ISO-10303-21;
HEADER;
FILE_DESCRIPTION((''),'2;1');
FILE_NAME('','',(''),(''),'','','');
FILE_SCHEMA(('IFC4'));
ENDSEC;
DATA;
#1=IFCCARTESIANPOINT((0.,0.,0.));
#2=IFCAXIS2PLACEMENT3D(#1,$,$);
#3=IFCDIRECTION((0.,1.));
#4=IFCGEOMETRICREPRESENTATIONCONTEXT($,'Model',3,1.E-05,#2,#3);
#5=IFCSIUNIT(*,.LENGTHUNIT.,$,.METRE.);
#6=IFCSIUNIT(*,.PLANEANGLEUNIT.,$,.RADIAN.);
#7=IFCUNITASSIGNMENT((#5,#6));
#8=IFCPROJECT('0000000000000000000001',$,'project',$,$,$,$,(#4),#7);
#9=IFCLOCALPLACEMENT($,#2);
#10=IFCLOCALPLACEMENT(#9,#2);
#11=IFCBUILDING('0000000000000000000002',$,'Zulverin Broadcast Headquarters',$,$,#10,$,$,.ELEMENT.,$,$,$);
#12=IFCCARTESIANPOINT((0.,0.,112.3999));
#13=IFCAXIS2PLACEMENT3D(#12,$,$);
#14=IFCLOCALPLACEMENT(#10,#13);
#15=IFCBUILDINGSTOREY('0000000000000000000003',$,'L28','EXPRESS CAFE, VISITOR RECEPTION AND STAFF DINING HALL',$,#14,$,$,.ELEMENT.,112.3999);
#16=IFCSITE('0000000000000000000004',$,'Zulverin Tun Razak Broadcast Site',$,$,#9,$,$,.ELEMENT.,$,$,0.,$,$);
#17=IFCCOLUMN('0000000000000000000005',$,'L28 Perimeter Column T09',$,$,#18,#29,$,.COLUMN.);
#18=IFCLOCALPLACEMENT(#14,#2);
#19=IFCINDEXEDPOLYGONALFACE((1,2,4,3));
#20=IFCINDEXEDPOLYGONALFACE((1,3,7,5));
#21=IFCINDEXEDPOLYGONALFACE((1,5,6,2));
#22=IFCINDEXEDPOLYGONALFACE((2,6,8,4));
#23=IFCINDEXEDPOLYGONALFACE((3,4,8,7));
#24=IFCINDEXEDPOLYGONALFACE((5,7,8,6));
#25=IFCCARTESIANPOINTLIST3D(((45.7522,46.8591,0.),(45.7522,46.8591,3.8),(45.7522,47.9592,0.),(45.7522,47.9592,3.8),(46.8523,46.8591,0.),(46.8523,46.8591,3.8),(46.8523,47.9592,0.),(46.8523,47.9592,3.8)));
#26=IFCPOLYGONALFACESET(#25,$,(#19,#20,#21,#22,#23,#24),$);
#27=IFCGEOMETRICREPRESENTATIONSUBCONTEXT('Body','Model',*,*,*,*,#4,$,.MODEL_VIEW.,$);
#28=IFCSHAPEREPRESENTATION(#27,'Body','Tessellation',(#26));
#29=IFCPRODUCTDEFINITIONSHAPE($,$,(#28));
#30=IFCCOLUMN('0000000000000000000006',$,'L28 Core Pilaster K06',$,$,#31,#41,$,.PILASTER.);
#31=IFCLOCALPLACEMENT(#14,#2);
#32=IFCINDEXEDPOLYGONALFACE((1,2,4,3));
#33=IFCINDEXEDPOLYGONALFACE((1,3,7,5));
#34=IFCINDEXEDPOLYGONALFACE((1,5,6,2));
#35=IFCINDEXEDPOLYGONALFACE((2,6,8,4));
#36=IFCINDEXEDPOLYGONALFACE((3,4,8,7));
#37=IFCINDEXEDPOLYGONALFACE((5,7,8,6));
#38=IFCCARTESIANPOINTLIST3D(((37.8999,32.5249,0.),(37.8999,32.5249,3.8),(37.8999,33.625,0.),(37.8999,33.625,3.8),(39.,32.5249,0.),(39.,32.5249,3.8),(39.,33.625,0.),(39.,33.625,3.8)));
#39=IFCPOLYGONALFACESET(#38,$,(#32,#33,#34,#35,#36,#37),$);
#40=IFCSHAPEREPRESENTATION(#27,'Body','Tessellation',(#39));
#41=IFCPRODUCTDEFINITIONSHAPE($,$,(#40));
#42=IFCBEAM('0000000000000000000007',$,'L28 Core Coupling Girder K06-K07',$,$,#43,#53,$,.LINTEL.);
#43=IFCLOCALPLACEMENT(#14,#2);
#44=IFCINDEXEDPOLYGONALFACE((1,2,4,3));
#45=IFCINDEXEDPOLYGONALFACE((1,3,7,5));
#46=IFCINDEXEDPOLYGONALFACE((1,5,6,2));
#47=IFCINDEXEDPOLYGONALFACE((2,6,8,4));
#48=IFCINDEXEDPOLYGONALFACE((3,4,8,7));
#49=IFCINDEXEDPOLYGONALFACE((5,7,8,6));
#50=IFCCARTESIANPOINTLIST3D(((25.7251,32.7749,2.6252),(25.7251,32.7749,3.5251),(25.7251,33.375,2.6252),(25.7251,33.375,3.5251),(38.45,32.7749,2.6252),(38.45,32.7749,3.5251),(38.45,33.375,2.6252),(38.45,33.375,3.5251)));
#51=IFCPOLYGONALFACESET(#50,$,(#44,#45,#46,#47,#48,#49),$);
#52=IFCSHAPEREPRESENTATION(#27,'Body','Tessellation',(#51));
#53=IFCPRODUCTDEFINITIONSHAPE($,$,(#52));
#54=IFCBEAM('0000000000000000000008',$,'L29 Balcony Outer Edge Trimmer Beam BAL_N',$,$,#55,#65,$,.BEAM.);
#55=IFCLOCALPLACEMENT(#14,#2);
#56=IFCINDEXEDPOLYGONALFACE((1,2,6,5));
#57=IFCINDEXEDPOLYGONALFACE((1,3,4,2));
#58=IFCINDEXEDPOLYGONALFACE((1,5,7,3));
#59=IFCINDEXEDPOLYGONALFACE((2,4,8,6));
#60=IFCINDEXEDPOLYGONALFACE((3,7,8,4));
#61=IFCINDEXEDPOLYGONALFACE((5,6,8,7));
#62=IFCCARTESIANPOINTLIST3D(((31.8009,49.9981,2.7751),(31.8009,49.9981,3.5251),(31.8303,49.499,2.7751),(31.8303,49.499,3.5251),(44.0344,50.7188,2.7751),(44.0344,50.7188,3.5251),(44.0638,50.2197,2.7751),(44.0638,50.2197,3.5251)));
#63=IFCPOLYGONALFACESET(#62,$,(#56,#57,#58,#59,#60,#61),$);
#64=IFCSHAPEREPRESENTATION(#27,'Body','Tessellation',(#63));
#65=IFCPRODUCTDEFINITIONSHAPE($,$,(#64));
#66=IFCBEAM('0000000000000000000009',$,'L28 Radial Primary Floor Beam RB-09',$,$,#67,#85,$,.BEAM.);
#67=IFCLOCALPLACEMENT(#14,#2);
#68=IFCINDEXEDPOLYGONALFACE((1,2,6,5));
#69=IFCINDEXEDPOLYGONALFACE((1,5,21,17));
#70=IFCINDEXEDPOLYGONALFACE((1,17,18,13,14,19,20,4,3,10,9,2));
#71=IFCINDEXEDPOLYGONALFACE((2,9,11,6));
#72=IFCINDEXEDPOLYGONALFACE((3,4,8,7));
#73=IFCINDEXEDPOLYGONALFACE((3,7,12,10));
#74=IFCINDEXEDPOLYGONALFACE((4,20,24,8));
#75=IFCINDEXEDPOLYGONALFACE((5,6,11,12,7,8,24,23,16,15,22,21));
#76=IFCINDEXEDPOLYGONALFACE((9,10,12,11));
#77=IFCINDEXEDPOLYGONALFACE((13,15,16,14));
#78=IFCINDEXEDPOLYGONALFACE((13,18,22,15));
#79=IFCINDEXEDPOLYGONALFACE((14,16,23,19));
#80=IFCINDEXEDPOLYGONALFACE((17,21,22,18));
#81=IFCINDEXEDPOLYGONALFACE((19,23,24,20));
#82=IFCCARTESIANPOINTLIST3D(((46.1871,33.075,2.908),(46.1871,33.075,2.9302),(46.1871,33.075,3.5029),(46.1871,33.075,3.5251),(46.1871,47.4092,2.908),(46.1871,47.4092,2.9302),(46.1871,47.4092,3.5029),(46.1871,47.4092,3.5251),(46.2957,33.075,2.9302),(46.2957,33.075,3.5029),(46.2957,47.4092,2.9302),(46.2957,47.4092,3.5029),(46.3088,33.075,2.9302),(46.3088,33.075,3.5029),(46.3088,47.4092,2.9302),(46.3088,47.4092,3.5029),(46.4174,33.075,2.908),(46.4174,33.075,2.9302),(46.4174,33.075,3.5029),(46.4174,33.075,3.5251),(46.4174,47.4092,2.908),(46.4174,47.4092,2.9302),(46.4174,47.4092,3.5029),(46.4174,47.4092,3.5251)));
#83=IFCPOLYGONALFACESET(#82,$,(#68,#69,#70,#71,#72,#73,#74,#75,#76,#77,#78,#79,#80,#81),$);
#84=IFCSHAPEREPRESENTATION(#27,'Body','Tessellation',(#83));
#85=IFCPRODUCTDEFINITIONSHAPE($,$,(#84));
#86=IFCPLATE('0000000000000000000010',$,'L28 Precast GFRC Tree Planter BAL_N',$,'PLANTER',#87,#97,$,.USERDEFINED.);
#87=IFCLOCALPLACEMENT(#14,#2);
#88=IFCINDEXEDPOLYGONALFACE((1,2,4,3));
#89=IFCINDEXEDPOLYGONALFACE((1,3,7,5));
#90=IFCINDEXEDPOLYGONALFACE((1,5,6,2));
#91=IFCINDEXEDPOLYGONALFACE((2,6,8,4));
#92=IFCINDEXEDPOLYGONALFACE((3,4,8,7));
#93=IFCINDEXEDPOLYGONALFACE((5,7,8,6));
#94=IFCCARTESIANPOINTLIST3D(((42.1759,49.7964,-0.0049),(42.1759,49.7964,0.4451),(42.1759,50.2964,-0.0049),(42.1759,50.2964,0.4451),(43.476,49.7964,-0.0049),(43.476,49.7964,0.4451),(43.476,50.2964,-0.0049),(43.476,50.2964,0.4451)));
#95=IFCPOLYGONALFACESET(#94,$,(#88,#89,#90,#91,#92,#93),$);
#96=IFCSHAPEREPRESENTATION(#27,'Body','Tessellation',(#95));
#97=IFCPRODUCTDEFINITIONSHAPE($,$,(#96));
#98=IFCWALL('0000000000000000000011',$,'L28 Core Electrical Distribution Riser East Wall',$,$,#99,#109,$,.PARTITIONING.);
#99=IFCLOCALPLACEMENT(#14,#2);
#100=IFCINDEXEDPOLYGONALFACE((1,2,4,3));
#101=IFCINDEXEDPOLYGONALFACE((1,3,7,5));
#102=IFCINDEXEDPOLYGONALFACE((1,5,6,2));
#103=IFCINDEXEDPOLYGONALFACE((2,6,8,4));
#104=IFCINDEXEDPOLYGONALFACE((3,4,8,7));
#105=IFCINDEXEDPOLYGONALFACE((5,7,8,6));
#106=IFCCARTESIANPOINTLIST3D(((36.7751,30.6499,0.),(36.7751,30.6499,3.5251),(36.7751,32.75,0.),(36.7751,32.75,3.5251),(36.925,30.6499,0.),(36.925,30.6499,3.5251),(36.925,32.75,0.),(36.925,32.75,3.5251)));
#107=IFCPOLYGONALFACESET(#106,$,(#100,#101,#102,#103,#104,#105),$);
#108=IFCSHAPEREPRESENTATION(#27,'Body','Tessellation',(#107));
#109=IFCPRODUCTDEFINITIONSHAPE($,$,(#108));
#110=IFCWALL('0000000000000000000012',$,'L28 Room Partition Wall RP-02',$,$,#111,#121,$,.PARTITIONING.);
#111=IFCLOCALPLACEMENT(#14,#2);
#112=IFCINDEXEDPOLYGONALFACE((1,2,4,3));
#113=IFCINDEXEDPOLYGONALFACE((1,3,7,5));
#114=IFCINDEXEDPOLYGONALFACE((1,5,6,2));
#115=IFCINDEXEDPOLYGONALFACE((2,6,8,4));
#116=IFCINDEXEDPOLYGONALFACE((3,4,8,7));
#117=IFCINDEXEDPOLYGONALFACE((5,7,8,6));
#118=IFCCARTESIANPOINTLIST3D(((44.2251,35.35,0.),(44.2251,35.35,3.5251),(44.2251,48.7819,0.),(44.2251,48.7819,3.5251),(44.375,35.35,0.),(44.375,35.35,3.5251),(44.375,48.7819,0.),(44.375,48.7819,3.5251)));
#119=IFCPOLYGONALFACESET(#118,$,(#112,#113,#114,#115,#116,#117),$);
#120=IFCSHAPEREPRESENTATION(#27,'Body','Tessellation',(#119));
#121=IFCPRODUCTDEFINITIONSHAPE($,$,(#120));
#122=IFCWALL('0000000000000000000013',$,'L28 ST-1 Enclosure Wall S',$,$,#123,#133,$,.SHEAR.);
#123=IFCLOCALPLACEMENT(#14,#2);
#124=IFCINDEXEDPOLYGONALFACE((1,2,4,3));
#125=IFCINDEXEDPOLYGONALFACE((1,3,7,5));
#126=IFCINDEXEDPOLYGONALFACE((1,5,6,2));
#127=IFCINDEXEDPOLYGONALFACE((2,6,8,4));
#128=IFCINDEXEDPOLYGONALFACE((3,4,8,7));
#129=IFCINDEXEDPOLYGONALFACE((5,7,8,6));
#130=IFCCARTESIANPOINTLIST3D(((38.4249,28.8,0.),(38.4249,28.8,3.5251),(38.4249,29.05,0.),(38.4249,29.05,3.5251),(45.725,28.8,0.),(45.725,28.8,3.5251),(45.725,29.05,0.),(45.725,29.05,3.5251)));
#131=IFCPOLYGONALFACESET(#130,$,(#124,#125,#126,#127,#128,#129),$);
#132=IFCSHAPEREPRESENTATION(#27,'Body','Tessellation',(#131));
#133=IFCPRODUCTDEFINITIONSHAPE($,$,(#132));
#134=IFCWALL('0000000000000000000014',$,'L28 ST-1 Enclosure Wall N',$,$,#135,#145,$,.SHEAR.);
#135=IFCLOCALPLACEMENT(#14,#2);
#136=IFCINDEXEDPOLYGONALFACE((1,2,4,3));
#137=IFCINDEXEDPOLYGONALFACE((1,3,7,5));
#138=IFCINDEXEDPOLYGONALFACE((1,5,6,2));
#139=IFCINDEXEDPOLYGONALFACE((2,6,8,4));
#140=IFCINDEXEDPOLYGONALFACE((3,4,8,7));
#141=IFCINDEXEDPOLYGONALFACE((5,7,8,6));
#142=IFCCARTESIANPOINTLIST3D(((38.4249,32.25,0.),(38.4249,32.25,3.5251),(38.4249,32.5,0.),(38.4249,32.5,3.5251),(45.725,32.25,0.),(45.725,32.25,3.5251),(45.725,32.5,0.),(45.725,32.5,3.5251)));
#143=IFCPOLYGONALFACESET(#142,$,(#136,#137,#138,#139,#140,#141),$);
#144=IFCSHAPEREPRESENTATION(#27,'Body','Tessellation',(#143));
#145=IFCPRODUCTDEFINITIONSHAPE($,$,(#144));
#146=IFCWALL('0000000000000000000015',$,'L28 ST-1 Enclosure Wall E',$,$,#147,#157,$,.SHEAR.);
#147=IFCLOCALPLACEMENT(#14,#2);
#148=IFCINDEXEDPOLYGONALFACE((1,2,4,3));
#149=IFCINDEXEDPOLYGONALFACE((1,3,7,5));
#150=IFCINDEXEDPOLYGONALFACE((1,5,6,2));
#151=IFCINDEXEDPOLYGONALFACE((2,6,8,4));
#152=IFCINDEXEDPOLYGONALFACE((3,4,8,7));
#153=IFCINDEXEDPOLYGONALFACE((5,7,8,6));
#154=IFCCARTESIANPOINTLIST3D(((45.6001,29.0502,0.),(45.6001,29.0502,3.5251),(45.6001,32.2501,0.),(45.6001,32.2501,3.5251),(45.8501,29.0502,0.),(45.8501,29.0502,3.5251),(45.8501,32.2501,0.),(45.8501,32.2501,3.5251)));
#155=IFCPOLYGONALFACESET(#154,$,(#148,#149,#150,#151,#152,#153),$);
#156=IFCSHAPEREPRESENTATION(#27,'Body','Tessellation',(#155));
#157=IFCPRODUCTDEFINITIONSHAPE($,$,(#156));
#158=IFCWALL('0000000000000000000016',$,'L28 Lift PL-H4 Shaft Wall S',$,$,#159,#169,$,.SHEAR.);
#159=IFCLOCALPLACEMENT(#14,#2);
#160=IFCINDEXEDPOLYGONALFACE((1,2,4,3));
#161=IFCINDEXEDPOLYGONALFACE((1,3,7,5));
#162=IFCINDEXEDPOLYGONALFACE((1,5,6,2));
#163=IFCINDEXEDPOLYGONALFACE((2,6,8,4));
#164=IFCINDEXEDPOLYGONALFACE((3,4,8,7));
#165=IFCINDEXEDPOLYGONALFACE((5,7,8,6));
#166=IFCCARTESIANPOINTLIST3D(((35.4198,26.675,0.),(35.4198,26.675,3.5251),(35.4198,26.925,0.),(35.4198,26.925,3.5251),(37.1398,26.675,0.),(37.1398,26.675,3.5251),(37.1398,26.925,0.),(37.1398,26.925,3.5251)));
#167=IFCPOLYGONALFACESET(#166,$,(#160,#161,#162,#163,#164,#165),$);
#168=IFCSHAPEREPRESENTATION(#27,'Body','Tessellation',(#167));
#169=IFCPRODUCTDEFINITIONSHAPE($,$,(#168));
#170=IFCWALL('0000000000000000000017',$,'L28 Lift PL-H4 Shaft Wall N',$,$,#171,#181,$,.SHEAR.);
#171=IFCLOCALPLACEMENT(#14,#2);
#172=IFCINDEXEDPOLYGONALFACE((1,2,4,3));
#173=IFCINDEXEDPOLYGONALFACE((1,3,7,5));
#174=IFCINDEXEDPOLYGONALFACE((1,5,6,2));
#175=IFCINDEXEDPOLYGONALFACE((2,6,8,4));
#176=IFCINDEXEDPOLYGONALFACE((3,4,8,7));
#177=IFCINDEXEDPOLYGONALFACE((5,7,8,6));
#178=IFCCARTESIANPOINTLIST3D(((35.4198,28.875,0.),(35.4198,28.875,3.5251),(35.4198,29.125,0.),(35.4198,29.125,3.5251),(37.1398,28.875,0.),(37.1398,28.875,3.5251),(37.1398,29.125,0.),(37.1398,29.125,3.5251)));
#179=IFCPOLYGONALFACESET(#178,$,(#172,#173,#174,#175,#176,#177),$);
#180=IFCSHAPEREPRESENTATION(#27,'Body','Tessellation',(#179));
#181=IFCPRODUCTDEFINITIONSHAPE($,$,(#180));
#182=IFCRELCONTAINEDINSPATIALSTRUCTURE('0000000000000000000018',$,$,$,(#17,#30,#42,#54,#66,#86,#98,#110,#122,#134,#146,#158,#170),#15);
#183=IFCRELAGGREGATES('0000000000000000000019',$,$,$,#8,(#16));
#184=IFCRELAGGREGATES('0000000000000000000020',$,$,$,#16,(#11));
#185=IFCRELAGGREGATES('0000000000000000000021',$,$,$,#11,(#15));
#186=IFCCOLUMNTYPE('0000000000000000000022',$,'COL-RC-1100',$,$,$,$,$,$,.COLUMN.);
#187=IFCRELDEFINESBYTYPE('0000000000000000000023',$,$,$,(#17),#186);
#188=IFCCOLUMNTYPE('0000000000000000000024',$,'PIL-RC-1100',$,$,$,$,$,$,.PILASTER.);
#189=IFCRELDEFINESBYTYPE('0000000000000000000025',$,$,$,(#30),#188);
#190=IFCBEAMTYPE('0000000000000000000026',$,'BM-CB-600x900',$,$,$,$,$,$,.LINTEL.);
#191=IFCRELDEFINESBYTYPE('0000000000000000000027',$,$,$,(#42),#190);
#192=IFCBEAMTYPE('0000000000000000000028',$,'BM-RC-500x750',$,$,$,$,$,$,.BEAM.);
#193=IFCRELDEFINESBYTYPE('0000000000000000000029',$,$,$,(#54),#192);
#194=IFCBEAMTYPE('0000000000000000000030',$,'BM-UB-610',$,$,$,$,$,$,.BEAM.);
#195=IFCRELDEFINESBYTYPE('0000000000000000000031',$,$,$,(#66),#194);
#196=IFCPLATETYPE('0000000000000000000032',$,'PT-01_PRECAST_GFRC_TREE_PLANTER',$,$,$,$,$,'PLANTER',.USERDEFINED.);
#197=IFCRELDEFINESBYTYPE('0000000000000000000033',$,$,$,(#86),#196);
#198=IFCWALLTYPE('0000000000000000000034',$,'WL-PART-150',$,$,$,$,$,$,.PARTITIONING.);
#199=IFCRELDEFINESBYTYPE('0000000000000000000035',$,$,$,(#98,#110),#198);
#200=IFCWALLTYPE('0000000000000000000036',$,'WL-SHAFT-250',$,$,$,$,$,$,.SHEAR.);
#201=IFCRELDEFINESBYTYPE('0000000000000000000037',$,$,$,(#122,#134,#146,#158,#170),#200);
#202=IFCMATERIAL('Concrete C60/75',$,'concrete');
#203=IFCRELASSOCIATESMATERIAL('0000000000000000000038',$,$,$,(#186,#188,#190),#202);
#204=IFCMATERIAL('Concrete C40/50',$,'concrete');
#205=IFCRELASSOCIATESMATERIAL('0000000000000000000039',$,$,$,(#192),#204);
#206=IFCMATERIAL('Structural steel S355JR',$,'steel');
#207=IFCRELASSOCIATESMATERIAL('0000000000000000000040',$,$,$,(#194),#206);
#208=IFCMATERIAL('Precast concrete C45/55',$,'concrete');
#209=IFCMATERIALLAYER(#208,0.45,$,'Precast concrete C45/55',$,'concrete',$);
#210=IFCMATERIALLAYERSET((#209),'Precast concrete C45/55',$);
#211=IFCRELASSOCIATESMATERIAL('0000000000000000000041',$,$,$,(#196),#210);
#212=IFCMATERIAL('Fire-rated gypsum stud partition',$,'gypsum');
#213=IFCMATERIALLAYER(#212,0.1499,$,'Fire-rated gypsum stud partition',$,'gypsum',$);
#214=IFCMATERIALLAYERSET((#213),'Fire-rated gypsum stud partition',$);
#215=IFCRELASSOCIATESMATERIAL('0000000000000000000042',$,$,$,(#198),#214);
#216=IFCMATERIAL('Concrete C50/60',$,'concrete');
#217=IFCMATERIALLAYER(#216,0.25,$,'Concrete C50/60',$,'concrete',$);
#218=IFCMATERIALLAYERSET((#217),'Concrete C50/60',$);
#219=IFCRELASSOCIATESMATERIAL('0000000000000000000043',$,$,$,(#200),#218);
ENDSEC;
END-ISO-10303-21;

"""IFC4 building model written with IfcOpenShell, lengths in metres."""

from ifc_helpers import new_model, si_unit, direction, frame, frame_2d, origin, origin_2d, place, context, subcontext, project, spatial, rectangle, i_section, extrude, material, layer, layer_set, material_profile, profile_set, type_object, element, save


model = new_model("IFC4")

# Units and contexts
model_context = context("Model", 3, precision=1e-05, world=origin(), true_north=direction((0.0, 1.0)))
body_context = subcontext(model_context, "Body", "Model", "MODEL_VIEW")
ifc_project = project(units=[si_unit("LENGTHUNIT", "METRE"), si_unit("PLANEANGLEUNIT", "RADIAN")], contexts=[model_context])

# Site, building, storey
site_placement = place(None, origin())
site = spatial("IfcSite", under=ifc_project, at=site_placement, Name="Zulverin Tun Razak Broadcast Site", CompositionType="ELEMENT", RefElevation=0.0)
building_placement = place(site_placement, origin())
building = spatial("IfcBuilding", under=site, at=building_placement, Name="Zulverin Broadcast Headquarters", CompositionType="ELEMENT")
storey_placement = place(building_placement, frame((0.0, 0.0, 112.3999)))
storey = spatial("IfcBuildingStorey", under=building, at=storey_placement, Name="L28", Description="EXPRESS CAFE, VISITOR RECEPTION AND STAFF DINING HALL", CompositionType="ELEMENT", Elevation=112.3999)

# Columns
ifc_material_1 = material(Name="Concrete C60/75", Category="concrete")
ifc_material_profile_1 = material_profile(ifc_material_1, rectangle(XDim=1.1001, YDim=1.1001, at=origin_2d()), Name="Concrete C60/75", Category="concrete")
ifc_profile_set_1 = profile_set([ifc_material_profile_1], Name="Concrete C60/75")
column_type_1 = type_object("IfcColumnType", Name="COL-RC-1100", PredefinedType="COLUMN", material=ifc_profile_set_1)
column_1_placement = place(storey_placement, frame((46.3022, 47.4092, 0.0), z_axis=(0.0, 0.0, 1.0), x_axis=(1.0, 0.0, 0.0)))
element("IfcColumn", 1, at=column_1_placement, inside=storey, type_object=column_type_1, Name="L28 Perimeter Column T09", PredefinedType="COLUMN", context=body_context, shape_type="SweptSolid", body=[
    extrude(rectangle(XDim=1.1001, YDim=1.1001, at=origin_2d()), origin(), (0.0, 0.0, 1.0), 3.8),
])
ifc_material_profile_2 = material_profile(ifc_material_1, rectangle(XDim=1.1001, YDim=1.1001, at=origin_2d()), Name="Concrete C60/75", Category="concrete")
ifc_profile_set_2 = profile_set([ifc_material_profile_2], Name="Concrete C60/75")
column_type_2 = type_object("IfcColumnType", Name="PIL-RC-1100", PredefinedType="PILASTER", material=ifc_profile_set_2)
column_2_placement = place(storey_placement, frame((38.45, 33.075, 0.0), z_axis=(0.0, 0.0, 1.0), x_axis=(1.0, 0.0, 0.0)))
element("IfcColumn", 2, at=column_2_placement, inside=storey, type_object=column_type_2, Name="L28 Core Pilaster K06", PredefinedType="PILASTER", context=body_context, shape_type="SweptSolid", body=[
    extrude(rectangle(XDim=1.1001, YDim=1.1001, at=origin_2d()), origin(), (0.0, 0.0, 1.0), 3.8),
])

# Beams
ifc_material_profile_3 = material_profile(ifc_material_1, rectangle(XDim=0.6001, YDim=0.8999, at=origin_2d()), Name="Concrete C60/75", Category="concrete")
ifc_profile_set_3 = profile_set([ifc_material_profile_3], Name="Concrete C60/75")
beam_type_1 = type_object("IfcBeamType", Name="BM-CB-600x900", PredefinedType="LINTEL", material=ifc_profile_set_3)
beam_1_placement = place(storey_placement, frame((38.45, 33.075, 3.0752), z_axis=(-1.0, 0.0, 0.0), x_axis=(0.0, -1.0, 0.0)))
element("IfcBeam", 3, at=beam_1_placement, inside=storey, type_object=beam_type_1, Name="L28 Core Coupling Girder K06-K07", PredefinedType="LINTEL", context=body_context, shape_type="SweptSolid", body=[
    extrude(rectangle(XDim=0.6001, YDim=0.8999, at=origin_2d()), origin(), (0.0, 0.0, 1.0), 12.7249),
])
ifc_material_2 = material(Name="Concrete C40/50", Category="concrete")
ifc_material_profile_4 = material_profile(ifc_material_2, rectangle(XDim=0.5, YDim=0.75, at=origin_2d()), Name="Concrete C40/50", Category="concrete")
ifc_profile_set_4 = profile_set([ifc_material_profile_4], Name="Concrete C40/50")
beam_type_2 = type_object("IfcBeamType", Name="BM-RC-500x750", PredefinedType="BEAM", material=ifc_profile_set_4)
beam_2_placement = place(storey_placement, frame((44.0491, 50.4692, 3.1501), z_axis=(-0.998269, -0.058811, 0.0), x_axis=(0.058811, -0.998269, 0.0)))
element("IfcBeam", 4, at=beam_2_placement, inside=storey, type_object=beam_type_2, Name="L29 Balcony Outer Edge Trimmer Beam BAL_N", PredefinedType="BEAM", context=body_context, shape_type="SweptSolid", body=[
    extrude(rectangle(XDim=0.5, YDim=0.75, at=origin_2d()), origin(), (0.0, 0.0, 1.0), 12.2546),
])
ifc_material_3 = material(Name="Structural steel S355JR", Category="steel")
ifc_material_profile_5 = material_profile(ifc_material_3, i_section(OverallWidth=0.2302, OverallDepth=0.6172, WebThickness=0.0132, FlangeThickness=0.0222, at=origin_2d()), Name="Structural steel S355JR", Category="steel")
ifc_profile_set_5 = profile_set([ifc_material_profile_5], Name="Structural steel S355JR")
beam_type_3 = type_object("IfcBeamType", Name="BM-UB-610", PredefinedType="BEAM", material=ifc_profile_set_5)
beam_3_placement = place(storey_placement, frame((46.3022, 33.075, 3.2166), z_axis=(0.0, 1.0, 0.0), x_axis=(-1.0, 0.0, 0.0)))
element("IfcBeam", 5, at=beam_3_placement, inside=storey, type_object=beam_type_3, Name="L28 Radial Primary Floor Beam RB-09", PredefinedType="BEAM", context=body_context, shape_type="SweptSolid", body=[
    extrude(i_section(OverallWidth=0.2302, OverallDepth=0.6172, WebThickness=0.0132, FlangeThickness=0.0222, at=origin_2d()), origin(), (0.0, 0.0, 1.0), 14.3342),
])

# Plate
ifc_material_4 = material(Name="Precast concrete C45/55", Category="concrete")
ifc_layer_1 = layer(ifc_material_4, 0.45, Name="Precast concrete C45/55", Category="concrete")
ifc_layer_set_1 = layer_set([ifc_layer_1], Name="Precast concrete C45/55")
plate_type = type_object("IfcPlateType", Name="PT-01_PRECAST_GFRC_TREE_PLANTER", ElementType="PLANTER", PredefinedType="USERDEFINED", material=ifc_layer_set_1)
plate_placement = place(storey_placement, frame((42.8259, 50.0464, -0.0049), z_axis=(0.0, 0.0, 1.0), x_axis=(1.0, 0.0, 0.0)))
element("IfcPlate", 6, at=plate_placement, inside=storey, type_object=plate_type, Name="L28 Precast GFRC Tree Planter BAL_N", ObjectType="PLANTER", PredefinedType="USERDEFINED", context=body_context, shape_type="SweptSolid", body=[
    extrude(rectangle(XDim=1.3, YDim=0.5, at=origin_2d()), origin(), (0.0, 0.0, 1.0), 0.45),
])

# Walls
ifc_material_5 = material(Name="Fire-rated gypsum stud partition", Category="gypsum")
ifc_layer_2 = layer(ifc_material_5, 0.1499, Name="Fire-rated gypsum stud partition", Category="gypsum")
ifc_layer_set_2 = layer_set([ifc_layer_2], Name="Fire-rated gypsum stud partition")
wall_type_1 = type_object("IfcWallType", Name="WL-PART-150", PredefinedType="PARTITIONING", material=ifc_layer_set_2)
wall_1_placement = place(storey_placement, frame((36.8501, 30.6499, 0.0), z_axis=(0.0, 0.0, 1.0), x_axis=(0.0, 1.0, 0.0)))
element("IfcWall", 7, at=wall_1_placement, inside=storey, type_object=wall_type_1, Name="L28 Core Electrical Distribution Riser East Wall", PredefinedType="PARTITIONING", context=body_context, shape_type="SweptSolid", body=[
    extrude(rectangle(XDim=2.1001, YDim=0.1499, at=frame_2d((1.05, 0.0))), origin(), (0.0, 0.0, 1.0), 3.5251),
])
wall_2_placement = place(storey_placement, frame((44.3, 35.3501, 0.0), z_axis=(0.0, 0.0, 1.0), x_axis=(0.0, 1.0, 0.0)))
element("IfcWall", 8, at=wall_2_placement, inside=storey, type_object=wall_type_1, Name="L28 Room Partition Wall RP-02", PredefinedType="PARTITIONING", context=body_context, shape_type="SweptSolid", body=[
    extrude(rectangle(XDim=13.4319, YDim=0.1499, at=frame_2d((6.7158, 0.0))), origin(), (0.0, 0.0, 1.0), 3.5251),
])
ifc_material_6 = material(Name="Concrete C50/60", Category="concrete")
ifc_layer_3 = layer(ifc_material_6, 0.25, Name="Concrete C50/60", Category="concrete")
ifc_layer_set_3 = layer_set([ifc_layer_3], Name="Concrete C50/60")
wall_type_2 = type_object("IfcWallType", Name="WL-SHAFT-250", PredefinedType="SHEAR", material=ifc_layer_set_3)
for number, where, z_axis, x_axis, name in (
    (9, (38.425, 28.925, 0.0), (0.0, 0.0, 1.0), (1.0, 0.0, 0.0), "L28 ST-1 Enclosure Wall S"),
    (10, (38.425, 32.375, 0.0), (0.0, 0.0, 1.0), (1.0, 0.0, 0.0), "L28 ST-1 Enclosure Wall N"),
):
    element("IfcWall", number, at=place(storey_placement, frame(where, z_axis=z_axis, x_axis=x_axis)), inside=storey, type_object=wall_type_2, Name=name, PredefinedType="SHEAR", context=body_context, shape_type="SweptSolid", body=[
        extrude(rectangle(XDim=7.3, YDim=0.25, at=frame_2d((3.6499, 0.0))), origin(), (0.0, 0.0, 1.0), 3.5251),
    ])

# Walls
wall_3_placement = place(storey_placement, frame((45.7251, 29.05, 0.0), z_axis=(0.0, 0.0, 1.0), x_axis=(0.0, 1.0, 0.0)))
element("IfcWall", 11, at=wall_3_placement, inside=storey, type_object=wall_type_2, Name="L28 ST-1 Enclosure Wall E", PredefinedType="SHEAR", context=body_context, shape_type="SweptSolid", body=[
    extrude(rectangle(XDim=3.2, YDim=0.25, at=frame_2d((1.6001, 0.0))), origin(), (0.0, 0.0, 1.0), 3.5251),
])
for number, where, z_axis, x_axis, name in (
    (12, (35.4199, 26.8, 0.0), (0.0, 0.0, 1.0), (1.0, 0.0, 0.0), "L28 Lift PL-H4 Shaft Wall S"),
    (13, (35.4199, 29.0, 0.0), (0.0, 0.0, 1.0), (1.0, 0.0, 0.0), "L28 Lift PL-H4 Shaft Wall N"),
):
    element("IfcWall", number, at=place(storey_placement, frame(where, z_axis=z_axis, x_axis=x_axis)), inside=storey, type_object=wall_type_2, Name=name, PredefinedType="SHEAR", context=body_context, shape_type="SweptSolid", body=[
        extrude(rectangle(XDim=1.72, YDim=0.25, at=frame_2d((0.8599, 0.0))), origin(), (0.0, 0.0, 1.0), 3.5251),
    ])

save(model, "model.ifc")
